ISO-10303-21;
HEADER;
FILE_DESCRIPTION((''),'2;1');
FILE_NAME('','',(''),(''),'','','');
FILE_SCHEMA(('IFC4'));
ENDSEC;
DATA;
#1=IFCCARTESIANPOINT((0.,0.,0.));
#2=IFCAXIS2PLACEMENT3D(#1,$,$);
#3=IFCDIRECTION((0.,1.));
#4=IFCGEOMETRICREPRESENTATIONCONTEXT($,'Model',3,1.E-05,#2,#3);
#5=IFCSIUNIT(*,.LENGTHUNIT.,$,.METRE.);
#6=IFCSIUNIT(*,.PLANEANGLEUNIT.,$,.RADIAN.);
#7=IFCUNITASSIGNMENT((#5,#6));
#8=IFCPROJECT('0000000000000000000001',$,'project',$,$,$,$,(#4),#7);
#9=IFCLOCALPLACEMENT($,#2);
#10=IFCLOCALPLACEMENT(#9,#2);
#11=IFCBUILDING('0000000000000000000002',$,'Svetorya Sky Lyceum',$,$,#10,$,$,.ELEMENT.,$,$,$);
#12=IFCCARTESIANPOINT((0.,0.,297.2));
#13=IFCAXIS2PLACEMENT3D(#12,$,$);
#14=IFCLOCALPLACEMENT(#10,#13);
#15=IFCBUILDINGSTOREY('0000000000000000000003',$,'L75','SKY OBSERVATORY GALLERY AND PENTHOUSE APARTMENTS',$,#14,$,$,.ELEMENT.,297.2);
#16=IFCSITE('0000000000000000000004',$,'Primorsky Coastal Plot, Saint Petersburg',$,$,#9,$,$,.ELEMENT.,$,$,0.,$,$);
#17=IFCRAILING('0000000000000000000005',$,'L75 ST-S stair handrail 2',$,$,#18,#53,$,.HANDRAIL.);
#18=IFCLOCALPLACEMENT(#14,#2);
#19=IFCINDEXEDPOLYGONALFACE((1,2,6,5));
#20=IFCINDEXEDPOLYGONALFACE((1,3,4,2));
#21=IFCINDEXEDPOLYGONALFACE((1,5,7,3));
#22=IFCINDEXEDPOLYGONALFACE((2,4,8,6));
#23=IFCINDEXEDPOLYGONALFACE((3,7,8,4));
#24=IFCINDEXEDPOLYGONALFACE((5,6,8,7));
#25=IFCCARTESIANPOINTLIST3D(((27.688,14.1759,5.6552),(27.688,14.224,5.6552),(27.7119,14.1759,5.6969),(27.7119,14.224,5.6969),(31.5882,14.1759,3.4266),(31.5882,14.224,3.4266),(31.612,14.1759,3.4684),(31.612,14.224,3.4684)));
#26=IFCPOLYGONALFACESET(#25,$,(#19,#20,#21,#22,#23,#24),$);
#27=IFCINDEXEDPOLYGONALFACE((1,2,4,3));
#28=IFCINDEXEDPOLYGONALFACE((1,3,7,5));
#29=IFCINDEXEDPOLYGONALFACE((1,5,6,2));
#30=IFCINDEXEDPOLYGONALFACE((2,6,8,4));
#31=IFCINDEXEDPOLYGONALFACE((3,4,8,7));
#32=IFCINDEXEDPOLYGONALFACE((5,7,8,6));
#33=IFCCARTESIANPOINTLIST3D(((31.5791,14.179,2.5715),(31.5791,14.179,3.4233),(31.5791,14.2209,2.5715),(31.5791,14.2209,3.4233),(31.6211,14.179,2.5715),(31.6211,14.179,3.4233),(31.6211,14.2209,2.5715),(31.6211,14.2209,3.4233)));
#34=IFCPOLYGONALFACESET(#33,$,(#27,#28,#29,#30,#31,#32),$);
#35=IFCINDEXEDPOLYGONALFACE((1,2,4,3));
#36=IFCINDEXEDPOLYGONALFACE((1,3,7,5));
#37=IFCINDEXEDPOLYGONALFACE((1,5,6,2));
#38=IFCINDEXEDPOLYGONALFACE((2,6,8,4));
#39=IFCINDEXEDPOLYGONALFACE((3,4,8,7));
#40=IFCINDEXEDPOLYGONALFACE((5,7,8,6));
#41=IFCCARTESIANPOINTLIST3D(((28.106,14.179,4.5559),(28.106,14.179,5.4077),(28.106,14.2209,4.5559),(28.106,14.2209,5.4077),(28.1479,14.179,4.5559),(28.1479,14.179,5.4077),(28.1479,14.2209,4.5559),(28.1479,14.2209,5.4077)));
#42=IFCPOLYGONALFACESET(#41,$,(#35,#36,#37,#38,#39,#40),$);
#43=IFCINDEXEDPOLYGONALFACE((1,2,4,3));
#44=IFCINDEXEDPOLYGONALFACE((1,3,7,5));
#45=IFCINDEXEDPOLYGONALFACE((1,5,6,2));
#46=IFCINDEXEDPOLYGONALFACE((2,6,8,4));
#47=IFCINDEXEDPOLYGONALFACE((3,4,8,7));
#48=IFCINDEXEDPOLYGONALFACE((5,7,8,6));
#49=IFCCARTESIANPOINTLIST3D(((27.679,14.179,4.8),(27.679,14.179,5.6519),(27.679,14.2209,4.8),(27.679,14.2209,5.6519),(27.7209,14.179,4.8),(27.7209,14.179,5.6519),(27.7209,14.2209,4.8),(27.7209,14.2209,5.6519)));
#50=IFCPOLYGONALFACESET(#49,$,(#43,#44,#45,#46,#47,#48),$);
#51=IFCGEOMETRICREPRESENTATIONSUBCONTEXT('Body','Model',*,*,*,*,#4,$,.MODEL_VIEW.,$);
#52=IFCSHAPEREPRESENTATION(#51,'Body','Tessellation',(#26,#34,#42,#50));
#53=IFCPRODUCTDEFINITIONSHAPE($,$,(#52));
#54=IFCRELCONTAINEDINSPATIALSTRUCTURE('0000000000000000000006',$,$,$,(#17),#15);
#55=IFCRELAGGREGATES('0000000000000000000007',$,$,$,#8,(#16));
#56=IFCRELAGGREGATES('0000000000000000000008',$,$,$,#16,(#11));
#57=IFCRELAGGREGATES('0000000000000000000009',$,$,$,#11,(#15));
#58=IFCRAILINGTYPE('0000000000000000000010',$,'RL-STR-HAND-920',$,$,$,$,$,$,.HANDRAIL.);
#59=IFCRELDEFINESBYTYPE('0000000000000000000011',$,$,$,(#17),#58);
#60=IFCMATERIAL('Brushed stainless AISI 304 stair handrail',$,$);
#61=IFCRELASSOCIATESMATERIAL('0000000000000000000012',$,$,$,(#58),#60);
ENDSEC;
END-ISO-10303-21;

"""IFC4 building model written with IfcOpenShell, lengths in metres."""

from ifc_helpers import new_model, si_unit, direction, frame, origin, origin_2d, place, context, subcontext, project, spatial, rectangle, extrude, material, type_object, element, save


model = new_model("IFC4")

# Units and contexts
model_context = context("Model", 3, precision=1e-05, world=origin(), true_north=direction((0.0, 1.0)))
body_context = subcontext(model_context, "Body", "Model", "MODEL_VIEW")
ifc_project = project(units=[si_unit("LENGTHUNIT", "METRE"), si_unit("PLANEANGLEUNIT", "RADIAN")], contexts=[model_context])

# Site, building, storey
site_placement = place(None, origin())
site = spatial("IfcSite", under=ifc_project, at=site_placement, Name="Primorsky Coastal Plot, Saint Petersburg", CompositionType="ELEMENT", RefElevation=0.0)
building_placement = place(site_placement, origin())
building = spatial("IfcBuilding", under=site, at=building_placement, Name="Svetorya Sky Lyceum", CompositionType="ELEMENT")
storey_placement = place(building_placement, frame((0.0, 0.0, 297.2)))
storey = spatial("IfcBuildingStorey", under=building, at=storey_placement, Name="L75", Description="SKY OBSERVATORY GALLERY AND PENTHOUSE APARTMENTS", CompositionType="ELEMENT", Elevation=297.2)

# Railing
ifc_material_1 = material(Name="Brushed stainless AISI 304 stair handrail")
railing_type_1 = type_object("IfcRailingType", Name="RL-STR-HAND-920", PredefinedType="HANDRAIL", material=ifc_material_1)
railing_1_placement = place(storey_placement, frame((31.6001, 14.2, 2.5715)))
element("IfcRailing", 1, at=railing_1_placement, inside=storey, type_object=railing_type_1, Name="L75 ST-S stair handrail 2", PredefinedType="HANDRAIL", context=body_context, shape_type="SweptSolid", body=[
    extrude(rectangle(XDim=0.0481, YDim=0.0481, at=origin_2d()), frame((0.0, 0.0, 0.876), z_axis=(-0.868257, 0.0, 0.496116), x_axis=(0.0, -1.0, 0.0)), (0.0, 0.0, 1.0), 4.4919),
    extrude(rectangle(XDim=0.042, YDim=0.042, at=origin_2d()), origin(), (0.0, 0.0, 1.0), 0.8518),
    extrude(rectangle(XDim=0.042, YDim=0.042, at=origin_2d()), frame((-3.4731, 0.0, 1.9844)), (0.0, 0.0, 1.0), 0.8518),
    extrude(rectangle(XDim=0.042, YDim=0.042, at=origin_2d()), frame((-3.9001, 0.0, 2.2285)), (0.0, 0.0, 1.0), 0.8518),
])

save(model, "model.ifc")
